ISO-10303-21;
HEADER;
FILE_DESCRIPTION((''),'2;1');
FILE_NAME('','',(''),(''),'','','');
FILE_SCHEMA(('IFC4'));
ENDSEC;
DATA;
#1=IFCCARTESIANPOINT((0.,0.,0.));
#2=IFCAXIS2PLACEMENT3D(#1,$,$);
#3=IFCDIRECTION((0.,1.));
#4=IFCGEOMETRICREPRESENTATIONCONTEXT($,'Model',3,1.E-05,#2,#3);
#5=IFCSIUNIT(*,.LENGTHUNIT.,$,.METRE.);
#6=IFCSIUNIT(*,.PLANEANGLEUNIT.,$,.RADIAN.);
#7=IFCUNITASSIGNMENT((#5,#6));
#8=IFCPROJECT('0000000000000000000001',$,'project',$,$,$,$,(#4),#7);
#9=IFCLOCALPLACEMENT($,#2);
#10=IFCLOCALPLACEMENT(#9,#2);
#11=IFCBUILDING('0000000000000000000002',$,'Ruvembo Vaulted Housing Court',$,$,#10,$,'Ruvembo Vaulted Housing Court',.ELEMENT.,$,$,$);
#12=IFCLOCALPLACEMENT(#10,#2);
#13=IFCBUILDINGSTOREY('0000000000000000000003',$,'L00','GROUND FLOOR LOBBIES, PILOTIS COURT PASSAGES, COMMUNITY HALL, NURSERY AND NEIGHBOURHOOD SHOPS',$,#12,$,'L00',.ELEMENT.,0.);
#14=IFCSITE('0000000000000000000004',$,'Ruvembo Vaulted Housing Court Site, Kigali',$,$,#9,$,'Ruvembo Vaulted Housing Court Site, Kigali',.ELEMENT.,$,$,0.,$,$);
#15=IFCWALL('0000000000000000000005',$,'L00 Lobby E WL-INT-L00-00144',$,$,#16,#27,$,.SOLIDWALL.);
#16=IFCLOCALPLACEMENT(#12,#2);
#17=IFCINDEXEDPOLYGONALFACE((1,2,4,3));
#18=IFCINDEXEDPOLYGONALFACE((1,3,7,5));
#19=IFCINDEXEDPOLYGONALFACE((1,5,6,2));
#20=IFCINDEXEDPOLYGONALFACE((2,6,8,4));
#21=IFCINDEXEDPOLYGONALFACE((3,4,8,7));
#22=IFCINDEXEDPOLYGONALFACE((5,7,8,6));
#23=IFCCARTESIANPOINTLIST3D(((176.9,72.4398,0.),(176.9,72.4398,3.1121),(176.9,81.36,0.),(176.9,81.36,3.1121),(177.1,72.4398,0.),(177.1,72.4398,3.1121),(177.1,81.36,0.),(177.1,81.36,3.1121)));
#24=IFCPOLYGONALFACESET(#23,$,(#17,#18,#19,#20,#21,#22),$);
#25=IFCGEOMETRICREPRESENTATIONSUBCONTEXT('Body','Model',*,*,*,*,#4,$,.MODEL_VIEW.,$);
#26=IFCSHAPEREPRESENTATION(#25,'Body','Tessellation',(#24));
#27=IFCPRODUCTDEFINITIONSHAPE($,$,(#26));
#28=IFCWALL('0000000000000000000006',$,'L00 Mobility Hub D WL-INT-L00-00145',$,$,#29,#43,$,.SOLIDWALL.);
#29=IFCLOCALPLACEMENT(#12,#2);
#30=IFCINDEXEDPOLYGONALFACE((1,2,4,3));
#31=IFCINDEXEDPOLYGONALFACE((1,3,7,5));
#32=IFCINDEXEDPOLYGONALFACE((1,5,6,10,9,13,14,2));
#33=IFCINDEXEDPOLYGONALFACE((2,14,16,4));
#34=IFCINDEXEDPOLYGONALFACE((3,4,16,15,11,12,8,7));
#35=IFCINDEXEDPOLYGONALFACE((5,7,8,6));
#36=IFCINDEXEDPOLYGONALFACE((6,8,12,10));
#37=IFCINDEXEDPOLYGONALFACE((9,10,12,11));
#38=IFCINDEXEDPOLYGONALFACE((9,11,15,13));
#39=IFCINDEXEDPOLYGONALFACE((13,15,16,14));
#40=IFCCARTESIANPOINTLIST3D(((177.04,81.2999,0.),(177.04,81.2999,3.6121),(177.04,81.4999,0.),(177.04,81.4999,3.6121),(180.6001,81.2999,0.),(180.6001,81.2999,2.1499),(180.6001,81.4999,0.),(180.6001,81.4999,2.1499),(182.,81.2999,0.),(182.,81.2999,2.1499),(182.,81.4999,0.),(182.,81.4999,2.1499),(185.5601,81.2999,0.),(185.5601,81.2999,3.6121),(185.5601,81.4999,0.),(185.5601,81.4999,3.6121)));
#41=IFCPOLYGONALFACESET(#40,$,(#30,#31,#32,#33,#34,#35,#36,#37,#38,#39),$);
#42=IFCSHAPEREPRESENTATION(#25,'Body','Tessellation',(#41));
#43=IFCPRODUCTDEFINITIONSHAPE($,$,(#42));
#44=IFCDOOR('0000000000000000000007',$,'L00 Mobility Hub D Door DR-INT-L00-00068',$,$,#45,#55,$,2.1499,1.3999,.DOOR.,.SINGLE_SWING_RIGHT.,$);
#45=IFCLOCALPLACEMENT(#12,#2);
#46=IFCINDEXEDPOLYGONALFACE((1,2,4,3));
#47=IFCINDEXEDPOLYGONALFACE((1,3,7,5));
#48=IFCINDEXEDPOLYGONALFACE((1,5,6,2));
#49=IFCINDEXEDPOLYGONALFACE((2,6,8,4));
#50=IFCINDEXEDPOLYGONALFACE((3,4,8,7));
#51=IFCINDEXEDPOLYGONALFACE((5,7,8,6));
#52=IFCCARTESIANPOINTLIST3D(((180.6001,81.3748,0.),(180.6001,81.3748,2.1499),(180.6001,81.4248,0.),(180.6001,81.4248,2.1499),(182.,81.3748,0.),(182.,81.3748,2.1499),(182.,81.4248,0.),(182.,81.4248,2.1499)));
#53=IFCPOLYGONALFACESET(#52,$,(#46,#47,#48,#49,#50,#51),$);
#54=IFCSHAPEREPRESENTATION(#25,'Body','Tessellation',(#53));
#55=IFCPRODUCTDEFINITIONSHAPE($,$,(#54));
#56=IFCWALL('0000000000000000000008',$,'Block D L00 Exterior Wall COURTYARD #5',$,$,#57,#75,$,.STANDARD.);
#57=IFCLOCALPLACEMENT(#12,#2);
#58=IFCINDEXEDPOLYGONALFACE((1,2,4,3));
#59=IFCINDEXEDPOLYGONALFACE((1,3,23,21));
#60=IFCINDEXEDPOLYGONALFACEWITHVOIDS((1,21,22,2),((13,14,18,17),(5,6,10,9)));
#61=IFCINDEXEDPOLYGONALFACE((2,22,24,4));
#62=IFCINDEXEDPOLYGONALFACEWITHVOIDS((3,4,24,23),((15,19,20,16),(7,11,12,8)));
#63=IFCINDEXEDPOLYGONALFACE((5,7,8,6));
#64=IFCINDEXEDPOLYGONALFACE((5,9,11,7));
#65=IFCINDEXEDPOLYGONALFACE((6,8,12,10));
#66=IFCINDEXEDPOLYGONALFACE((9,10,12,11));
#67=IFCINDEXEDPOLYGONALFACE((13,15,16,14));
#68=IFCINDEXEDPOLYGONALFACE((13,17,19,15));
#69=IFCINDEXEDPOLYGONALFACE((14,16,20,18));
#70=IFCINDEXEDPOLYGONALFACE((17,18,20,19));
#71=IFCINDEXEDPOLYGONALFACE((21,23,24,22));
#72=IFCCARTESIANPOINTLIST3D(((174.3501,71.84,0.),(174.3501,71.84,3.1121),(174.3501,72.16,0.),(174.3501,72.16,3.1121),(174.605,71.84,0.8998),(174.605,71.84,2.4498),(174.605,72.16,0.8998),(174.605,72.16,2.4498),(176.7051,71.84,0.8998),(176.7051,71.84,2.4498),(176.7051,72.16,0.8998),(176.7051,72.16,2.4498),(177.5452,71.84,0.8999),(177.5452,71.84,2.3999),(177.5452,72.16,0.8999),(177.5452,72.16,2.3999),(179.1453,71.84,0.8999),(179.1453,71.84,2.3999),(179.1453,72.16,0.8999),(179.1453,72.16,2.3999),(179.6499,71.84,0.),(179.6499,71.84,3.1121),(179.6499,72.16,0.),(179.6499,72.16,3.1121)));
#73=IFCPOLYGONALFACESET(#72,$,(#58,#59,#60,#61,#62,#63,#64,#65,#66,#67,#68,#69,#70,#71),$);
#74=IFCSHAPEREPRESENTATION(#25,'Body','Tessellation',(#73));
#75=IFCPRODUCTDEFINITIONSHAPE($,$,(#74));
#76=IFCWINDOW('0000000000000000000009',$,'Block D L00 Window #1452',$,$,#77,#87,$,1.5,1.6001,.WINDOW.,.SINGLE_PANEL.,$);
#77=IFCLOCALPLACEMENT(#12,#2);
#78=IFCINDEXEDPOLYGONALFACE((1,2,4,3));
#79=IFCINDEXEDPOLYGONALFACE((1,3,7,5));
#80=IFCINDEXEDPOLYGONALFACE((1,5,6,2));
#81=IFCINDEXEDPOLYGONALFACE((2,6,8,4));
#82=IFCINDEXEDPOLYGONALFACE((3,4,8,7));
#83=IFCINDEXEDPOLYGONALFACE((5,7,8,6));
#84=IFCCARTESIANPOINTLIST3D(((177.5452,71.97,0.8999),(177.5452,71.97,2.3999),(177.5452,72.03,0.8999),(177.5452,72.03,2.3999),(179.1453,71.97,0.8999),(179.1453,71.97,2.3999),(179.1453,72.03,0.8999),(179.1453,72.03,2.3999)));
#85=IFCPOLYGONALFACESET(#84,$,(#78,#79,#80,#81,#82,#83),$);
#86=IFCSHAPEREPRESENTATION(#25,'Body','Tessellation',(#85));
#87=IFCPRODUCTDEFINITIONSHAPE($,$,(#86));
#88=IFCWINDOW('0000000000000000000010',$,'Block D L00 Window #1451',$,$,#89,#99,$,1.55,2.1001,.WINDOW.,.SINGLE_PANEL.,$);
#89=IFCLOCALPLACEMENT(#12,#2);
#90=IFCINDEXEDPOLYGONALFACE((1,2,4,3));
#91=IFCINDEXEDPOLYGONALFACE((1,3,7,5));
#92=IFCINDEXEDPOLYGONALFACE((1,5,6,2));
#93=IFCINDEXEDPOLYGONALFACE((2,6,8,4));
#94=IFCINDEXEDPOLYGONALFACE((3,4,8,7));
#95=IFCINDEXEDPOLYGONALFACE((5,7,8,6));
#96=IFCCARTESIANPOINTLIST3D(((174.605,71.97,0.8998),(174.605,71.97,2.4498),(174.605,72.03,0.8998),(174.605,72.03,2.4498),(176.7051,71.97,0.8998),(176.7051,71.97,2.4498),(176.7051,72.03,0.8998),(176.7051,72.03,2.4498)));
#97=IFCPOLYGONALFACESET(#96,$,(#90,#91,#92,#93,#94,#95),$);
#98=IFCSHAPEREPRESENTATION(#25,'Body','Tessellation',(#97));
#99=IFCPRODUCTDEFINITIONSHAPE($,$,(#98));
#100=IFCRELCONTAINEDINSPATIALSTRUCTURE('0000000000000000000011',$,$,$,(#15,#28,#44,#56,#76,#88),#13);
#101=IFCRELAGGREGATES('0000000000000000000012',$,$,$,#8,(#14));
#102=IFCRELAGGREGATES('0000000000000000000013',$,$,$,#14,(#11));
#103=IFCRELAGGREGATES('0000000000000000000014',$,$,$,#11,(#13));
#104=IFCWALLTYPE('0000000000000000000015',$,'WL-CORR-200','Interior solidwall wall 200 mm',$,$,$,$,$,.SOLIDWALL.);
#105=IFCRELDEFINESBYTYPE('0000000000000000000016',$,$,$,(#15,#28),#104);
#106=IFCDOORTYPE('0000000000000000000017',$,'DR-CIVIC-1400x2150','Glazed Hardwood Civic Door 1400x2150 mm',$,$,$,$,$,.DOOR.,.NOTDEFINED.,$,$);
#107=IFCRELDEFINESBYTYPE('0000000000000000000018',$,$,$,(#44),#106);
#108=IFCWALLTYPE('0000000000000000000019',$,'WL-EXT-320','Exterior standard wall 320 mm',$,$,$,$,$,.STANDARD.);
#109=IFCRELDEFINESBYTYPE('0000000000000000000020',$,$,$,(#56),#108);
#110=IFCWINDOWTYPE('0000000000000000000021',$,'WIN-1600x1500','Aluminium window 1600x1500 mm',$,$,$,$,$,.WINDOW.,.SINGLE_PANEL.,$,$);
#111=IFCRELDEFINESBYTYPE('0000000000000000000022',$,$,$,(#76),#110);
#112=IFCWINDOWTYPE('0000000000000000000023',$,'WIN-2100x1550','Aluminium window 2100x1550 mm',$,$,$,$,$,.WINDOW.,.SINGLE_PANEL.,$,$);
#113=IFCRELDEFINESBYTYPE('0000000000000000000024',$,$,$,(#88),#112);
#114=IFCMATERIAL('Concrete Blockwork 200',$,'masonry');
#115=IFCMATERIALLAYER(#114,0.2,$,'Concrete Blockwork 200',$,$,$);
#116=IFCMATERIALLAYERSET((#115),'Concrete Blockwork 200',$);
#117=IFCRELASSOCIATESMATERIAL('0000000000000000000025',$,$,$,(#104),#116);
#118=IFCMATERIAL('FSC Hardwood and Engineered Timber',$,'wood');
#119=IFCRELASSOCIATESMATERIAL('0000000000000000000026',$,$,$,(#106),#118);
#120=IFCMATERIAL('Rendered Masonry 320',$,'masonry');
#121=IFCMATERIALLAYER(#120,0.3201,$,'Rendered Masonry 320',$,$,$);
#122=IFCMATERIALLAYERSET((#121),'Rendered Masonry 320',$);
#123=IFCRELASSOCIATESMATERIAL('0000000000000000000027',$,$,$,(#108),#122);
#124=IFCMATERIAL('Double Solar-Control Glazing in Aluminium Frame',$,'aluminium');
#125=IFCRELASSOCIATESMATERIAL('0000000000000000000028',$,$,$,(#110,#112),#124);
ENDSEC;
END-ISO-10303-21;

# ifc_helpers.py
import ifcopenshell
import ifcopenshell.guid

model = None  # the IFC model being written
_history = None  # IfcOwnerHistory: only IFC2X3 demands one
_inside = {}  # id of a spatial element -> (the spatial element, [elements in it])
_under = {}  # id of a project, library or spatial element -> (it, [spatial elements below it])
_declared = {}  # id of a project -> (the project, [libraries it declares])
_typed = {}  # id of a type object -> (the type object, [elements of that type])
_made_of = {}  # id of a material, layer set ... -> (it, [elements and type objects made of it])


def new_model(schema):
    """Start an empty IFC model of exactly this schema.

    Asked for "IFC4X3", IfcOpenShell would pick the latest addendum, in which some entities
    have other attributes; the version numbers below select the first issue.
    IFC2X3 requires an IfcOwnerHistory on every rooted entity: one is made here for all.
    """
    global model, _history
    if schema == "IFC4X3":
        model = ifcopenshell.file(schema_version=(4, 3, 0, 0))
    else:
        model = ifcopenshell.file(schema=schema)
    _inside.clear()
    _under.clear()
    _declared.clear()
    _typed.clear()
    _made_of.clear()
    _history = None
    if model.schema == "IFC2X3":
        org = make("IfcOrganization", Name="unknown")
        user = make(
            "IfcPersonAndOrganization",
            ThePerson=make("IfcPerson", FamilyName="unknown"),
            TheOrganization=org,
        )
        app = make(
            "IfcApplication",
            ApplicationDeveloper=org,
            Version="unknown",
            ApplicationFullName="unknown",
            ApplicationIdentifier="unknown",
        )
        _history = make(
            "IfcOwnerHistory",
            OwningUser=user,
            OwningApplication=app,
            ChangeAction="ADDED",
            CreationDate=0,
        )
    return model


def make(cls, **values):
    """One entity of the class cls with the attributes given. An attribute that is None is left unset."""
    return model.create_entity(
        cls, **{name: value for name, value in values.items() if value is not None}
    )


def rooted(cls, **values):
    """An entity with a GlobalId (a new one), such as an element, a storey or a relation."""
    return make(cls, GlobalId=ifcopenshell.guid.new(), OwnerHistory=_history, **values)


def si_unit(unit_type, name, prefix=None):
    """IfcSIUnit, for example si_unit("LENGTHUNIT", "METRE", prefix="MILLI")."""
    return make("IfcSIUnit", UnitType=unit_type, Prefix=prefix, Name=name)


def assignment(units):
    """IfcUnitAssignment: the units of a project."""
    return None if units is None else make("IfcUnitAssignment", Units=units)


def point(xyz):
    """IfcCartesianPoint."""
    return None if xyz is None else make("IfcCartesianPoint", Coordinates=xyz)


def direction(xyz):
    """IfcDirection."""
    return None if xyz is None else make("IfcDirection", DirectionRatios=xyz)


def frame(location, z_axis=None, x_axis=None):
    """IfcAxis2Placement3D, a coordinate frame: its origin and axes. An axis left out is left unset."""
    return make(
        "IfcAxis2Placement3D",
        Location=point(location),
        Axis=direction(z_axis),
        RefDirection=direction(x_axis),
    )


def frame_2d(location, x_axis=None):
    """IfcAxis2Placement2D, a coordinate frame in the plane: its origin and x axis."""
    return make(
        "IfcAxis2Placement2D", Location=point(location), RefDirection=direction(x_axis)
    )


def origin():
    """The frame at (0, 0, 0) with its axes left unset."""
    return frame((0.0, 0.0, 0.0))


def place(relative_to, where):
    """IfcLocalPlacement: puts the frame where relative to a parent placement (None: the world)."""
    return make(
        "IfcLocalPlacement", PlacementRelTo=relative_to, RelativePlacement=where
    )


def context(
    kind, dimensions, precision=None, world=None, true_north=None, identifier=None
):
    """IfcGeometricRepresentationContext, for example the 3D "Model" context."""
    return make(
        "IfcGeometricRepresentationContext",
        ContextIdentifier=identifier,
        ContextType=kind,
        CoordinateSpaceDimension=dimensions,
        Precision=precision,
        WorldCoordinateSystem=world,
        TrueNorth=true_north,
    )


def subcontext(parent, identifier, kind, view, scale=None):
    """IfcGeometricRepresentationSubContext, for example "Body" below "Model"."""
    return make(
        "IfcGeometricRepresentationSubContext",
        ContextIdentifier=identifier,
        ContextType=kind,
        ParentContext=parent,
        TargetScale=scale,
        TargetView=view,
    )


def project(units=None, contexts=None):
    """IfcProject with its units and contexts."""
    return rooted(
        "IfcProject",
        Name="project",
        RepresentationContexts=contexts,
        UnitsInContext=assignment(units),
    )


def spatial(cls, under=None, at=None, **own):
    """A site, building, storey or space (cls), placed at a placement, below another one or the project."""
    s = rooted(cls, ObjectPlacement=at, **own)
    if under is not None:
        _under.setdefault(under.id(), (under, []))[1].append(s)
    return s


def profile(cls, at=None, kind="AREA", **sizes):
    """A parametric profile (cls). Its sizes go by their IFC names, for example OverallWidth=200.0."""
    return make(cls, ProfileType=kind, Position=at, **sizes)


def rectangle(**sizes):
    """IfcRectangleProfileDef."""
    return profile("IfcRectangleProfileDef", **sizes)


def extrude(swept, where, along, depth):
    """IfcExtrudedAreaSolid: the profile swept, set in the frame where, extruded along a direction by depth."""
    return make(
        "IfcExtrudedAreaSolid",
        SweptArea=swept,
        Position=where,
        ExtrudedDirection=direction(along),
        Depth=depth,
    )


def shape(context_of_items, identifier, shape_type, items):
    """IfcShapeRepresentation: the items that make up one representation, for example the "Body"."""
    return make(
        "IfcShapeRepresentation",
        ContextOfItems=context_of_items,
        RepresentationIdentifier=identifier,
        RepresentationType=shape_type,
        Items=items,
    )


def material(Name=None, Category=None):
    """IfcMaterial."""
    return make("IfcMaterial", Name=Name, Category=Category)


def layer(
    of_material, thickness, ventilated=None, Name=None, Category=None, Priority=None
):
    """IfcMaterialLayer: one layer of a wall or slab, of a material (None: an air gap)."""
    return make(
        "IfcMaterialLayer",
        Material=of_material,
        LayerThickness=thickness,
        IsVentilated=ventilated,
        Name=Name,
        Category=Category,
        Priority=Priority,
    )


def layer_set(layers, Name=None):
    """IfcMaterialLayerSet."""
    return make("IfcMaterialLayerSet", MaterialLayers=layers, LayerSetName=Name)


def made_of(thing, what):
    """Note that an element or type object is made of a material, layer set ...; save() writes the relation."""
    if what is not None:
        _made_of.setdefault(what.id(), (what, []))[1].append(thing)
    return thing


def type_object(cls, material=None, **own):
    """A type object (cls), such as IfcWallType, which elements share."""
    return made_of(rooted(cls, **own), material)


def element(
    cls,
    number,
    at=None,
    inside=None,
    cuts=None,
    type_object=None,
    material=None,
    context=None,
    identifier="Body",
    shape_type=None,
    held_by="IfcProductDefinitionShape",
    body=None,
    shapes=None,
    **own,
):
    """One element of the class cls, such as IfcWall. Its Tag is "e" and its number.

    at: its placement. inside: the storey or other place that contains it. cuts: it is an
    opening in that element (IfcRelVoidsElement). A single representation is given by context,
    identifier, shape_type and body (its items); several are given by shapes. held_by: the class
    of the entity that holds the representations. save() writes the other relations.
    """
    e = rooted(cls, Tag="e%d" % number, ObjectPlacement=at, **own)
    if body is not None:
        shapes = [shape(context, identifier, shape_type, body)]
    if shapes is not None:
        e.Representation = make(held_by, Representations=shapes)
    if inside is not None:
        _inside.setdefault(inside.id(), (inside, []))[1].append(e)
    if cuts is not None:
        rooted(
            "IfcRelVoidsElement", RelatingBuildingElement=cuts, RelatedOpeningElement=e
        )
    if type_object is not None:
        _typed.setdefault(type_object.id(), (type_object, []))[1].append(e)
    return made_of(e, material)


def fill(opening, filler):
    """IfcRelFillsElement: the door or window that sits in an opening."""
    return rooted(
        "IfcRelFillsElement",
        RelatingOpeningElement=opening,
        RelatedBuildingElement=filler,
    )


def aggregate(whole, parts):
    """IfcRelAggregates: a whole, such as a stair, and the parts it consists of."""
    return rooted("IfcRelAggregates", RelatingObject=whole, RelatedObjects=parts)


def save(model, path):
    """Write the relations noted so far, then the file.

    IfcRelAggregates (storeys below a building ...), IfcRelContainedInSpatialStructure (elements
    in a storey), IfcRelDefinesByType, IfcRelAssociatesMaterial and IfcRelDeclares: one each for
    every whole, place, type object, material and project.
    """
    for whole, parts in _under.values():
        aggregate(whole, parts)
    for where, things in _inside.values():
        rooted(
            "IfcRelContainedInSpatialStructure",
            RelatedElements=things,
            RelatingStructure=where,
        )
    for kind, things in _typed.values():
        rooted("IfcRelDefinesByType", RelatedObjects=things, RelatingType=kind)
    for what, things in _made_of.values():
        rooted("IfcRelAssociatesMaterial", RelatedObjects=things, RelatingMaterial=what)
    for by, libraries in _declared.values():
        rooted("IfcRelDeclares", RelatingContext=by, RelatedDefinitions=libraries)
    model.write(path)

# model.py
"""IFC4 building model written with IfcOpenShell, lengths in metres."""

from ifc_helpers import new_model, si_unit, direction, frame, frame_2d, origin, place, context, subcontext, project, spatial, rectangle, extrude, material, layer, layer_set, type_object, element, fill, save


model = new_model("IFC4")

# Units and contexts
model_context = context("Model", 3, precision=1e-05, world=origin(), true_north=direction((0.0, 1.0)))
body_context = subcontext(model_context, "Body", "Model", "MODEL_VIEW")
ifc_project = project(units=[si_unit("LENGTHUNIT", "METRE"), si_unit("PLANEANGLEUNIT", "RADIAN")], contexts=[model_context])

# Site, building, storey
site_placement = place(None, origin())
site = spatial("IfcSite", under=ifc_project, at=site_placement, Name="Ruvembo Vaulted Housing Court Site, Kigali", LongName="Ruvembo Vaulted Housing Court Site, Kigali", CompositionType="ELEMENT", RefElevation=0.0)
building_placement = place(site_placement, origin())
building = spatial("IfcBuilding", under=site, at=building_placement, Name="Ruvembo Vaulted Housing Court", LongName="Ruvembo Vaulted Housing Court", CompositionType="ELEMENT")
storey_placement = place(building_placement, origin())
storey = spatial("IfcBuildingStorey", under=building, at=storey_placement, Name="L00", Description="GROUND FLOOR LOBBIES, PILOTIS COURT PASSAGES, COMMUNITY HALL, NURSERY AND NEIGHBOURHOOD SHOPS", LongName="L00", CompositionType="ELEMENT", Elevation=0.0)

# Wall
ifc_material_1 = material(Name="Concrete Blockwork 200", Category="masonry")
ifc_layer_1 = layer(ifc_material_1, 0.2, Name="Concrete Blockwork 200")
ifc_layer_set_1 = layer_set([ifc_layer_1], Name="Concrete Blockwork 200")
wall_type_1 = type_object("IfcWallType", Name="WL-CORR-200", Description="Interior solidwall wall 200 mm", PredefinedType="SOLIDWALL", material=ifc_layer_set_1)
wall_1_placement = place(storey_placement, frame((177.0, 72.4399, 0.0), z_axis=(0.0, 0.0, 1.0), x_axis=(0.0, 1.0, 0.0)))
element("IfcWall", 1, at=wall_1_placement, inside=storey, type_object=wall_type_1, Name="L00 Lobby E WL-INT-L00-00144", PredefinedType="SOLIDWALL", context=body_context, shape_type="SweptSolid", body=[
    extrude(rectangle(XDim=8.9202, YDim=0.2, at=frame_2d((4.46, 0.0))), origin(), (0.0, 0.0, 1.0), 3.1121),
])

# Wall, opening, door
wall_2_placement = place(storey_placement, frame((177.04, 81.3999, 0.0), z_axis=(0.0, 0.0, 1.0), x_axis=(1.0, 0.0, 0.0)))
wall_2 = element("IfcWall", 2, at=wall_2_placement, inside=storey, type_object=wall_type_1, Name="L00 Mobility Hub D WL-INT-L00-00145", PredefinedType="SOLIDWALL", context=body_context, shape_type="SweptSolid", body=[
    extrude(rectangle(XDim=8.52, YDim=0.2, at=frame_2d((4.26, 0.0))), origin(), (0.0, 0.0, 1.0), 3.6121),
])
opening_1_placement = place(wall_2_placement, frame((3.5601, 0.0, 0.0)))
opening_1 = element("IfcOpeningElement", 3, at=opening_1_placement, cuts=wall_2, PredefinedType="OPENING", context=body_context, shape_type="SweptSolid", body=[
    extrude(rectangle(XDim=1.3999, YDim=2.1499, at=frame_2d((0.7, 1.075))), frame((0.0, 0.1099, 0.0), z_axis=(0.0, -1.0, 0.0), x_axis=(1.0, 0.0, 0.0)), (0.0, 0.0, 1.0), 0.22),
])
ifc_material_2 = material(Name="FSC Hardwood and Engineered Timber", Category="wood")
door_type = type_object("IfcDoorType", Name="DR-CIVIC-1400x2150", Description="Glazed Hardwood Civic Door 1400x2150 mm", OperationType="NOTDEFINED", PredefinedType="DOOR", material=ifc_material_2)
door_placement = place(opening_1_placement, origin())
door = element("IfcDoor", 4, at=door_placement, inside=storey, type_object=door_type, Name="L00 Mobility Hub D Door DR-INT-L00-00068", OperationType="SINGLE_SWING_RIGHT", OverallHeight=2.1499, OverallWidth=1.3999, PredefinedType="DOOR", context=body_context, shape_type="SweptSolid", body=[
    extrude(rectangle(XDim=1.3999, YDim=2.1499, at=frame_2d((0.7, 1.075))), frame((0.0, 0.0249, 0.0), z_axis=(0.0, -1.0, 0.0), x_axis=(1.0, 0.0, 0.0)), (0.0, 0.0, 1.0), 0.05),
])
fill(opening_1, door)

# Wall, openings, windows
ifc_material_3 = material(Name="Rendered Masonry 320", Category="masonry")
ifc_layer_2 = layer(ifc_material_3, 0.3201, Name="Rendered Masonry 320")
ifc_layer_set_2 = layer_set([ifc_layer_2], Name="Rendered Masonry 320")
wall_type_2 = type_object("IfcWallType", Name="WL-EXT-320", Description="Exterior standard wall 320 mm", PredefinedType="STANDARD", material=ifc_layer_set_2)
wall_3_placement = place(storey_placement, frame((174.3501, 72.0, 0.0), z_axis=(0.0, 0.0, 1.0), x_axis=(1.0, 0.0, 0.0)))
wall_3 = element("IfcWall", 5, at=wall_3_placement, inside=storey, type_object=wall_type_2, Name="Block D L00 Exterior Wall COURTYARD #5", PredefinedType="STANDARD", context=body_context, shape_type="SweptSolid", body=[
    extrude(rectangle(XDim=5.2998, YDim=0.3201, at=frame_2d((2.6499, 0.0))), origin(), (0.0, 0.0, 1.0), 3.1121),
])
opening_2_placement = place(wall_3_placement, frame((0.2549, 0.0, 0.8999)))
opening_2 = element("IfcOpeningElement", 6, at=opening_2_placement, cuts=wall_3, PredefinedType="OPENING", context=body_context, shape_type="SweptSolid", body=[
    extrude(rectangle(XDim=2.1001, YDim=1.55, at=frame_2d((1.05, 0.7749))), frame((0.0, 0.1699, 0.0), z_axis=(0.0, -1.0, 0.0), x_axis=(1.0, 0.0, 0.0)), (0.0, 0.0, 1.0), 0.3401),
])
opening_3_placement = place(wall_3_placement, frame((3.1951, 0.0, 0.8999)))
opening_3 = element("IfcOpeningElement", 7, at=opening_3_placement, cuts=wall_3, PredefinedType="OPENING", context=body_context, shape_type="SweptSolid", body=[
    extrude(rectangle(XDim=1.6001, YDim=1.5, at=frame_2d((0.8, 0.75))), frame((0.0, 0.1699, 0.0), z_axis=(0.0, -1.0, 0.0), x_axis=(1.0, 0.0, 0.0)), (0.0, 0.0, 1.0), 0.3401),
])
ifc_material_4 = material(Name="Double Solar-Control Glazing in Aluminium Frame", Category="aluminium")
window_type_1 = type_object("IfcWindowType", Name="WIN-1600x1500", Description="Aluminium window 1600x1500 mm", PartitioningType="SINGLE_PANEL", PredefinedType="WINDOW", material=ifc_material_4)
window_1_placement = place(opening_3_placement, origin())
window_1 = element("IfcWindow", 8, at=window_1_placement, inside=storey, type_object=window_type_1, Name="Block D L00 Window #1452", OverallHeight=1.5, OverallWidth=1.6001, PartitioningType="SINGLE_PANEL", PredefinedType="WINDOW", context=body_context, shape_type="SweptSolid", body=[
    extrude(rectangle(XDim=1.6001, YDim=1.5, at=frame_2d((0.8, 0.75))), frame((0.0, 0.03, 0.0), z_axis=(0.0, -1.0, 0.0), x_axis=(1.0, 0.0, 0.0)), (0.0, 0.0, 1.0), 0.0601),
])
fill(opening_3, window_1)
window_type_2 = type_object("IfcWindowType", Name="WIN-2100x1550", Description="Aluminium window 2100x1550 mm", PartitioningType="SINGLE_PANEL", PredefinedType="WINDOW", material=ifc_material_4)
window_2_placement = place(opening_2_placement, origin())
window_2 = element("IfcWindow", 9, at=window_2_placement, inside=storey, type_object=window_type_2, Name="Block D L00 Window #1451", OverallHeight=1.55, OverallWidth=2.1001, PartitioningType="SINGLE_PANEL", PredefinedType="WINDOW", context=body_context, shape_type="SweptSolid", body=[
    extrude(rectangle(XDim=2.1001, YDim=1.55, at=frame_2d((1.05, 0.7749))), frame((0.0, 0.03, 0.0), z_axis=(0.0, -1.0, 0.0), x_axis=(1.0, 0.0, 0.0)), (0.0, 0.0, 1.0), 0.0601),
])
fill(opening_2, window_2)

save(model, "model.ifc")
